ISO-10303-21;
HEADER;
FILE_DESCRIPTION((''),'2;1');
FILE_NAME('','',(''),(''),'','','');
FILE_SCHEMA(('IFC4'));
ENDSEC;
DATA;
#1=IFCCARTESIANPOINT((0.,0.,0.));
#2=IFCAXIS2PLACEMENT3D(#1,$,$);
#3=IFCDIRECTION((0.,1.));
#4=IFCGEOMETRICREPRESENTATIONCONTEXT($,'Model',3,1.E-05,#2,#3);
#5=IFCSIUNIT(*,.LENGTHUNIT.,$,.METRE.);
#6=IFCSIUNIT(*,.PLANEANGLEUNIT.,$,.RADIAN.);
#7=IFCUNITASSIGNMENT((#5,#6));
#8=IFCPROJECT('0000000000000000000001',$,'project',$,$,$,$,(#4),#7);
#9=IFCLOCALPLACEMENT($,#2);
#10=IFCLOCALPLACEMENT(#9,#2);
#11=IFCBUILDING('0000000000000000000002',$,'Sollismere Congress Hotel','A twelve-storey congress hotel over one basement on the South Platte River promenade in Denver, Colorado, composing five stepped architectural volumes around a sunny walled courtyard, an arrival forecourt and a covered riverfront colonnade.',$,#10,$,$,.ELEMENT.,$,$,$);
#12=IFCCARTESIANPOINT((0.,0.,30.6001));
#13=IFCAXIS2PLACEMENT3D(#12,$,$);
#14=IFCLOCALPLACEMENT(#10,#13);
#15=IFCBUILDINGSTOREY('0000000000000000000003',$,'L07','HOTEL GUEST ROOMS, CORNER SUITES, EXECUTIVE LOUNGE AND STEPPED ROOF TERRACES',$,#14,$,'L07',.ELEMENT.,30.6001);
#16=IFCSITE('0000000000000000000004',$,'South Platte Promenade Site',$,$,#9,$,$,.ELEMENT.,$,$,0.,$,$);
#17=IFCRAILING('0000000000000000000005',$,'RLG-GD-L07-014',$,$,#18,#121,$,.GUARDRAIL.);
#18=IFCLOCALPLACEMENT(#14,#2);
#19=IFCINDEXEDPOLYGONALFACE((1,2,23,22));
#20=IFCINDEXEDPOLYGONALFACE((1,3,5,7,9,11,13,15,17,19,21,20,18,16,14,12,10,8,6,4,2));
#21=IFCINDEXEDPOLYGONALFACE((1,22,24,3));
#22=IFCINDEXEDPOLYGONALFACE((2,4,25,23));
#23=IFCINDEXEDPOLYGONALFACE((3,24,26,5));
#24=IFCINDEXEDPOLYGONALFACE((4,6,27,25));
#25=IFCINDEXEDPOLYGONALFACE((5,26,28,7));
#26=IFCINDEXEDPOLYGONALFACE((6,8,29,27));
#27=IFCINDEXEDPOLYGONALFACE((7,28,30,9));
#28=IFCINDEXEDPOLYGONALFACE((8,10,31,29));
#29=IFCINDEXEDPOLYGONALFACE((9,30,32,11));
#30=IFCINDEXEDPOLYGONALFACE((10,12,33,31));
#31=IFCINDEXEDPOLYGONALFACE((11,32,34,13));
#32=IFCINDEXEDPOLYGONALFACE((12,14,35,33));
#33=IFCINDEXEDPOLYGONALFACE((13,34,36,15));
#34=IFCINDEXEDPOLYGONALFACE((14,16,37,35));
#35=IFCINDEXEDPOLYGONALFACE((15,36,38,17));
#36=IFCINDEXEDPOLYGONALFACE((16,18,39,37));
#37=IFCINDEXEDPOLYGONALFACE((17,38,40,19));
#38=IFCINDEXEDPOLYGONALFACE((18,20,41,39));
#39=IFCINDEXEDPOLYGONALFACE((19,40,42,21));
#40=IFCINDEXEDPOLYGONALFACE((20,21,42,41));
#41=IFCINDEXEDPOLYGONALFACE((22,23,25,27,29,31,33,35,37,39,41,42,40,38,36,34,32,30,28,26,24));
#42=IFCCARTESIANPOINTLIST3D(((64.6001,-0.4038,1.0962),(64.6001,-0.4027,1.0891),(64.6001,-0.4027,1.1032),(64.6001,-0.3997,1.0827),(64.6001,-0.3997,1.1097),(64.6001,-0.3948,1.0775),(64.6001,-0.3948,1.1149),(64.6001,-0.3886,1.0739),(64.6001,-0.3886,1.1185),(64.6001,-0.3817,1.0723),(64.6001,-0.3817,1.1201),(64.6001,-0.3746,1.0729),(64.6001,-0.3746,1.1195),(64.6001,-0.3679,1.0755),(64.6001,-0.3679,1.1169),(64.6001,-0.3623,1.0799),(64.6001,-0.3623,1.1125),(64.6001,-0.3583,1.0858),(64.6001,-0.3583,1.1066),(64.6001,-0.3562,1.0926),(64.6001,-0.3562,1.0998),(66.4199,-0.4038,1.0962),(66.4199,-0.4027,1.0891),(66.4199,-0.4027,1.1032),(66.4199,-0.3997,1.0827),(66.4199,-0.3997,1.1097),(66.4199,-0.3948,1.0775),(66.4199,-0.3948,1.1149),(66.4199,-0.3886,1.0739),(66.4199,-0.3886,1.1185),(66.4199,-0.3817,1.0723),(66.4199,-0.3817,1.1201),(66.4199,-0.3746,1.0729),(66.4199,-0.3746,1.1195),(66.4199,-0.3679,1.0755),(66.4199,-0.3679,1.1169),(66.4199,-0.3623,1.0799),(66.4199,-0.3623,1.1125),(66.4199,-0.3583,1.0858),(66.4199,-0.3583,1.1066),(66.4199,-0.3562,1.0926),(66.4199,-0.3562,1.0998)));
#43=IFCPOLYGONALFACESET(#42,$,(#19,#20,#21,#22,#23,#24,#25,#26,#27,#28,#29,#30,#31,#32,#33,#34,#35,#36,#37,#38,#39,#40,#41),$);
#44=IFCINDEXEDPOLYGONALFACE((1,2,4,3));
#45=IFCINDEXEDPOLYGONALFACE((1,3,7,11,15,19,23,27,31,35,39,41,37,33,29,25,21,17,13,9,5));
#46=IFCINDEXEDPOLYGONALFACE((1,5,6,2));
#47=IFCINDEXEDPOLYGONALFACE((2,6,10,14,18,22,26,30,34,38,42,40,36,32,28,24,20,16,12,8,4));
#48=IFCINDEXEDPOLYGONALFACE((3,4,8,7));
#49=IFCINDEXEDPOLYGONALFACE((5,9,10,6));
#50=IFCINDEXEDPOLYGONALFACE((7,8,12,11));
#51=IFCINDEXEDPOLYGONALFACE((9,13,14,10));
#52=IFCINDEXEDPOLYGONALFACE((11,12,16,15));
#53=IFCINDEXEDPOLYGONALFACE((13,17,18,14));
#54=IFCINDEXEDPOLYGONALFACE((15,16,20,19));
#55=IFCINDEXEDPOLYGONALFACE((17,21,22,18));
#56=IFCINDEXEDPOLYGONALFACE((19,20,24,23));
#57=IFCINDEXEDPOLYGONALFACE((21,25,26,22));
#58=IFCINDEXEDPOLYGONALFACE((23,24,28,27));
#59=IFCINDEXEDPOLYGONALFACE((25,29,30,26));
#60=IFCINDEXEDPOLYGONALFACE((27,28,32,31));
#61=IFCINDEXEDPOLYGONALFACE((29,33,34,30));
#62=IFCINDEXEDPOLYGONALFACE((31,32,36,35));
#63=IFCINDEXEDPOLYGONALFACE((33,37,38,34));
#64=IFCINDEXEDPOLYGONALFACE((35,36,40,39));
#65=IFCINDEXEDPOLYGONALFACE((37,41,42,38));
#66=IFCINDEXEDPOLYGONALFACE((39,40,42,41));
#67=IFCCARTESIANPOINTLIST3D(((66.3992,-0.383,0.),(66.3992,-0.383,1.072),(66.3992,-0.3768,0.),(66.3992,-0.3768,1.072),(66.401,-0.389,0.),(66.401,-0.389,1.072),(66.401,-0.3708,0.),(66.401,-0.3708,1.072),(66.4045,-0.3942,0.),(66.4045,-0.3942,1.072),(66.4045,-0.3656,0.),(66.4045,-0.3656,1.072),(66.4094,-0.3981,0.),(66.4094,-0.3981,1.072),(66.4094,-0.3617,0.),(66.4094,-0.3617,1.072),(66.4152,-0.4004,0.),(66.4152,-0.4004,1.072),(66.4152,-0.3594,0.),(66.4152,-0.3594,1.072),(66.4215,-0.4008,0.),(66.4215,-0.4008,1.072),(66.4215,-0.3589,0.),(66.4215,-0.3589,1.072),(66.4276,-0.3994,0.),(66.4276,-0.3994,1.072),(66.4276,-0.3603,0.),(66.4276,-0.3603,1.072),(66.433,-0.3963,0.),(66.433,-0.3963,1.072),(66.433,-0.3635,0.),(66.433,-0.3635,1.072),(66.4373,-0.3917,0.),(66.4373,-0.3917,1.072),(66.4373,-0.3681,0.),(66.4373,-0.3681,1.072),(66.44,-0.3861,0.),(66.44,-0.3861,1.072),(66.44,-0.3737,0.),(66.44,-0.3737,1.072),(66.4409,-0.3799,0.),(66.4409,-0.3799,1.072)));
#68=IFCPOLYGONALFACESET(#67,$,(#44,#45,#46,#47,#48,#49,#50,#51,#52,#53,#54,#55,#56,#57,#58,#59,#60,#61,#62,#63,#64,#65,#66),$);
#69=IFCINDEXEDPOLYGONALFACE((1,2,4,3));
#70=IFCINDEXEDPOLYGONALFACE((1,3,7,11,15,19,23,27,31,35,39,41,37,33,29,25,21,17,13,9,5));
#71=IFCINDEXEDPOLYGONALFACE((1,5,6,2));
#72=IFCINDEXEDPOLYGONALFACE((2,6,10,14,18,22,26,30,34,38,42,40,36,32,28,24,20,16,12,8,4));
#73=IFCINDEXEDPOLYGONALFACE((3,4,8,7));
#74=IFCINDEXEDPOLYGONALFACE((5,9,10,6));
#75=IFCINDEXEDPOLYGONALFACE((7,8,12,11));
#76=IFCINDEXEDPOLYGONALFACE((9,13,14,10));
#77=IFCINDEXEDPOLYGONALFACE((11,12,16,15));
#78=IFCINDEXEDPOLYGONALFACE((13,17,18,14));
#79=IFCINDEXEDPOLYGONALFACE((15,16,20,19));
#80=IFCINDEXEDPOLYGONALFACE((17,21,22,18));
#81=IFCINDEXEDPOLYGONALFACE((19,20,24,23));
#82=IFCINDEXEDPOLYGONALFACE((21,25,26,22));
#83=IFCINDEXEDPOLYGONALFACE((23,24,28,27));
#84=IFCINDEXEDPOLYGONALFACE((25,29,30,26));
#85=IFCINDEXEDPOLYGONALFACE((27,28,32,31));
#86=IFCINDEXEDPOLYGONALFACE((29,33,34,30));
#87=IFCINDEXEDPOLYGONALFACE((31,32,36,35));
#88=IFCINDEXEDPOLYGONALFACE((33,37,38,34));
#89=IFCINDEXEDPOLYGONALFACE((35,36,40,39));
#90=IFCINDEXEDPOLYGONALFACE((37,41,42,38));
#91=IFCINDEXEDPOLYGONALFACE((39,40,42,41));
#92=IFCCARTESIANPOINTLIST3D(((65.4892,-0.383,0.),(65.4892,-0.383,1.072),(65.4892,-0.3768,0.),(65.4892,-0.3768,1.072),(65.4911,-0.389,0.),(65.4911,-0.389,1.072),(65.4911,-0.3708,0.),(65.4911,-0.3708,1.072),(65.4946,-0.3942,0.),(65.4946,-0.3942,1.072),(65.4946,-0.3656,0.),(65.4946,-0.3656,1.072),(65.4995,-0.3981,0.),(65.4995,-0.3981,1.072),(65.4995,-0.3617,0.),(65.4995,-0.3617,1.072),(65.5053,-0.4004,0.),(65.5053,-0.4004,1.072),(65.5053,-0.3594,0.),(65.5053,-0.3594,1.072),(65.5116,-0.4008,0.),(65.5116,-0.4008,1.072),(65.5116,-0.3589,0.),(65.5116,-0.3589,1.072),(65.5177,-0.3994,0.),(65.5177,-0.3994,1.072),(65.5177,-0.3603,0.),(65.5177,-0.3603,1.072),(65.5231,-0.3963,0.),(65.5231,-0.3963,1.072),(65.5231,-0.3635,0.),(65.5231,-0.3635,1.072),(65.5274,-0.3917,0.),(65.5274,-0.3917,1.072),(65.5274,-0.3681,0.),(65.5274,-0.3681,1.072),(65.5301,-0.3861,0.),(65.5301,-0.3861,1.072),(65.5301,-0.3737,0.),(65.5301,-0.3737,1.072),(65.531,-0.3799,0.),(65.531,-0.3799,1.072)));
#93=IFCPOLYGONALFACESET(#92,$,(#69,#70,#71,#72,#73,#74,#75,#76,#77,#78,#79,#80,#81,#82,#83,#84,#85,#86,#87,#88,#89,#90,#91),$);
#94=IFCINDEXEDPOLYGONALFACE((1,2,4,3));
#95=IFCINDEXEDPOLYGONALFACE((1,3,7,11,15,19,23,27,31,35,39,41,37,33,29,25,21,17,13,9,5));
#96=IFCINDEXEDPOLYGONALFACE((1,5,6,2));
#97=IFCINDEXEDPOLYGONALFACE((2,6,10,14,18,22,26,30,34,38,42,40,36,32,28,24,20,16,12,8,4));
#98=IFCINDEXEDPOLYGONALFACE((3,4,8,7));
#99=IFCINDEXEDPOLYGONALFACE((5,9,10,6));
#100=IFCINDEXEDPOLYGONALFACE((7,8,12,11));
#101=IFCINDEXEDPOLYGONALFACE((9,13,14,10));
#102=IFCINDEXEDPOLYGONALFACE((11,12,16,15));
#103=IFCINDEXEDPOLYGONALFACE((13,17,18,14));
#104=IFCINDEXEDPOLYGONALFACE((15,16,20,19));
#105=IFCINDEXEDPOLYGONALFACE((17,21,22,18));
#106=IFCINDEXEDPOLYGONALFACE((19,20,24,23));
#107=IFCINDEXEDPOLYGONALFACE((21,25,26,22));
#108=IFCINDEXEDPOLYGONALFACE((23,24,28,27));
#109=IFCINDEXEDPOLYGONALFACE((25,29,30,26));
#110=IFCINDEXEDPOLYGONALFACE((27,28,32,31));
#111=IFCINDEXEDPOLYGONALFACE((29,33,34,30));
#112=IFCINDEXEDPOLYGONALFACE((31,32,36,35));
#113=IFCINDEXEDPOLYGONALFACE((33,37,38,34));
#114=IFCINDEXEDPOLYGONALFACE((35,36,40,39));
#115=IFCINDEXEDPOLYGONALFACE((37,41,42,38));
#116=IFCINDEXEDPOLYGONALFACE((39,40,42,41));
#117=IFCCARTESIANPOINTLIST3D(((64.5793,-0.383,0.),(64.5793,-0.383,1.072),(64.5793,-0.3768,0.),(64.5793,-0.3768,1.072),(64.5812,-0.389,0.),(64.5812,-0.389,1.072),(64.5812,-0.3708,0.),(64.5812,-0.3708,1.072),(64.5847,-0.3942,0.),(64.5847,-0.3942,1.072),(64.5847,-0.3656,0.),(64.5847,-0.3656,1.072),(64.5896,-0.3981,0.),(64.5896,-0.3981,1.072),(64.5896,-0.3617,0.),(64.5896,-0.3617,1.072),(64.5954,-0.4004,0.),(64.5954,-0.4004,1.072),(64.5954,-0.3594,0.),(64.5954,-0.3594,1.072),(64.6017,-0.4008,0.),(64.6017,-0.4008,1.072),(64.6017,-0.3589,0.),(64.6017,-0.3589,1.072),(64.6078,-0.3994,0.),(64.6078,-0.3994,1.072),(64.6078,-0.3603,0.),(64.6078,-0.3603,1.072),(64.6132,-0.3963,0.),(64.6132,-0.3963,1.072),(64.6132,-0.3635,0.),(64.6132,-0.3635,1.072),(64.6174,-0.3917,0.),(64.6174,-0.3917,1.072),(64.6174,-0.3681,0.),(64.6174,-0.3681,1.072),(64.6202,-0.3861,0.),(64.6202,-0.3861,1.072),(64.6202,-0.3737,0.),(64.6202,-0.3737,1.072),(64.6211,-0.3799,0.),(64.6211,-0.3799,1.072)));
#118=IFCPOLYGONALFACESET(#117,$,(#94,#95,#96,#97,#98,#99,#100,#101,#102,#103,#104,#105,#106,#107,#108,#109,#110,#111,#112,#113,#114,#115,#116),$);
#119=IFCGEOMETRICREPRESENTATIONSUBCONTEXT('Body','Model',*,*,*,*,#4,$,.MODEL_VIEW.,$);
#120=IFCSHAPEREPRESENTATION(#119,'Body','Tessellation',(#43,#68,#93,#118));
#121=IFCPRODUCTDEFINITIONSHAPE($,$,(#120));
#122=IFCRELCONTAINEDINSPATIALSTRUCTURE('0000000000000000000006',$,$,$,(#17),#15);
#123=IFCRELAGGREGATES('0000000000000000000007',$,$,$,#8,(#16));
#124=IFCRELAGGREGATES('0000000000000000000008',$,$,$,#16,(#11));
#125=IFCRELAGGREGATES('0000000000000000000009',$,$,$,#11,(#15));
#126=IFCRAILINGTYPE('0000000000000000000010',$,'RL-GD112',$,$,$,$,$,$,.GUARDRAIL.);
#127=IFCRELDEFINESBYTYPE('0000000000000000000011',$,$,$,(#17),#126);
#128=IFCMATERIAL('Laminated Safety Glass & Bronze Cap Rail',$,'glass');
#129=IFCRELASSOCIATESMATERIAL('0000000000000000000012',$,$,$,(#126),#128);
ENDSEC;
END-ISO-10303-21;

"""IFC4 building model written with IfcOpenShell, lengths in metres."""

from ifc_helpers import new_model, si_unit, direction, frame, origin, origin_2d, place, context, subcontext, project, spatial, circle, extrude, material, type_object, element, save


model = new_model("IFC4")

# Units and contexts
model_context = context("Model", 3, precision=1e-05, world=origin(), true_north=direction((0.0, 1.0)))
body_context = subcontext(model_context, "Body", "Model", "MODEL_VIEW")
ifc_project = project(units=[si_unit("LENGTHUNIT", "METRE"), si_unit("PLANEANGLEUNIT", "RADIAN")], contexts=[model_context])

# Site, building, storey
site_placement = place(None, origin())
site = spatial("IfcSite", under=ifc_project, at=site_placement, Name="South Platte Promenade Site", CompositionType="ELEMENT", RefElevation=0.0)
building_placement = place(site_placement, origin())
building = spatial("IfcBuilding", under=site, at=building_placement, Name="Sollismere Congress Hotel", Description="A twelve-storey congress hotel over one basement on the South Platte River promenade in Denver, Colorado, composing five stepped architectural volumes around a sunny walled courtyard, an arrival forecourt and a covered riverfront colonnade.", CompositionType="ELEMENT")
storey_placement = place(building_placement, frame((0.0, 0.0, 30.6001)))
storey = spatial("IfcBuildingStorey", under=building, at=storey_placement, Name="L07", Description="HOTEL GUEST ROOMS, CORNER SUITES, EXECUTIVE LOUNGE AND STEPPED ROOF TERRACES", LongName="L07", CompositionType="ELEMENT", Elevation=30.6001)

# Railing
ifc_material_1 = material(Name="Laminated Safety Glass & Bronze Cap Rail", Category="glass")
railing_type = type_object("IfcRailingType", Name="RL-GD112", PredefinedType="GUARDRAIL", material=ifc_material_1)
railing_1_placement = place(storey_placement, frame((66.4199, -0.3799, 0.0)))
element("IfcRailing", 1, at=railing_1_placement, inside=storey, type_object=railing_type, Name="RLG-GD-L07-014", PredefinedType="GUARDRAIL", context=body_context, shape_type="SweptSolid", body=[
    extrude(circle(Radius=0.0239, at=origin_2d()), frame((0.0, 0.0, 1.0962), z_axis=(-1.0, 0.0, 0.0), x_axis=(0.0, -1.0, 0.0)), (0.0, 0.0, 1.0), 1.8198),
    extrude(circle(Radius=0.021, at=origin_2d()), origin(), (0.0, 0.0, 1.0), 1.072),
    extrude(circle(Radius=0.021, at=origin_2d()), frame((-0.9099, 0.0, 0.0)), (0.0, 0.0, 1.0), 1.072),
    extrude(circle(Radius=0.021, at=origin_2d()), frame((-1.8198, 0.0, 0.0)), (0.0, 0.0, 1.0), 1.072),
])

save(model, "model.ifc")
